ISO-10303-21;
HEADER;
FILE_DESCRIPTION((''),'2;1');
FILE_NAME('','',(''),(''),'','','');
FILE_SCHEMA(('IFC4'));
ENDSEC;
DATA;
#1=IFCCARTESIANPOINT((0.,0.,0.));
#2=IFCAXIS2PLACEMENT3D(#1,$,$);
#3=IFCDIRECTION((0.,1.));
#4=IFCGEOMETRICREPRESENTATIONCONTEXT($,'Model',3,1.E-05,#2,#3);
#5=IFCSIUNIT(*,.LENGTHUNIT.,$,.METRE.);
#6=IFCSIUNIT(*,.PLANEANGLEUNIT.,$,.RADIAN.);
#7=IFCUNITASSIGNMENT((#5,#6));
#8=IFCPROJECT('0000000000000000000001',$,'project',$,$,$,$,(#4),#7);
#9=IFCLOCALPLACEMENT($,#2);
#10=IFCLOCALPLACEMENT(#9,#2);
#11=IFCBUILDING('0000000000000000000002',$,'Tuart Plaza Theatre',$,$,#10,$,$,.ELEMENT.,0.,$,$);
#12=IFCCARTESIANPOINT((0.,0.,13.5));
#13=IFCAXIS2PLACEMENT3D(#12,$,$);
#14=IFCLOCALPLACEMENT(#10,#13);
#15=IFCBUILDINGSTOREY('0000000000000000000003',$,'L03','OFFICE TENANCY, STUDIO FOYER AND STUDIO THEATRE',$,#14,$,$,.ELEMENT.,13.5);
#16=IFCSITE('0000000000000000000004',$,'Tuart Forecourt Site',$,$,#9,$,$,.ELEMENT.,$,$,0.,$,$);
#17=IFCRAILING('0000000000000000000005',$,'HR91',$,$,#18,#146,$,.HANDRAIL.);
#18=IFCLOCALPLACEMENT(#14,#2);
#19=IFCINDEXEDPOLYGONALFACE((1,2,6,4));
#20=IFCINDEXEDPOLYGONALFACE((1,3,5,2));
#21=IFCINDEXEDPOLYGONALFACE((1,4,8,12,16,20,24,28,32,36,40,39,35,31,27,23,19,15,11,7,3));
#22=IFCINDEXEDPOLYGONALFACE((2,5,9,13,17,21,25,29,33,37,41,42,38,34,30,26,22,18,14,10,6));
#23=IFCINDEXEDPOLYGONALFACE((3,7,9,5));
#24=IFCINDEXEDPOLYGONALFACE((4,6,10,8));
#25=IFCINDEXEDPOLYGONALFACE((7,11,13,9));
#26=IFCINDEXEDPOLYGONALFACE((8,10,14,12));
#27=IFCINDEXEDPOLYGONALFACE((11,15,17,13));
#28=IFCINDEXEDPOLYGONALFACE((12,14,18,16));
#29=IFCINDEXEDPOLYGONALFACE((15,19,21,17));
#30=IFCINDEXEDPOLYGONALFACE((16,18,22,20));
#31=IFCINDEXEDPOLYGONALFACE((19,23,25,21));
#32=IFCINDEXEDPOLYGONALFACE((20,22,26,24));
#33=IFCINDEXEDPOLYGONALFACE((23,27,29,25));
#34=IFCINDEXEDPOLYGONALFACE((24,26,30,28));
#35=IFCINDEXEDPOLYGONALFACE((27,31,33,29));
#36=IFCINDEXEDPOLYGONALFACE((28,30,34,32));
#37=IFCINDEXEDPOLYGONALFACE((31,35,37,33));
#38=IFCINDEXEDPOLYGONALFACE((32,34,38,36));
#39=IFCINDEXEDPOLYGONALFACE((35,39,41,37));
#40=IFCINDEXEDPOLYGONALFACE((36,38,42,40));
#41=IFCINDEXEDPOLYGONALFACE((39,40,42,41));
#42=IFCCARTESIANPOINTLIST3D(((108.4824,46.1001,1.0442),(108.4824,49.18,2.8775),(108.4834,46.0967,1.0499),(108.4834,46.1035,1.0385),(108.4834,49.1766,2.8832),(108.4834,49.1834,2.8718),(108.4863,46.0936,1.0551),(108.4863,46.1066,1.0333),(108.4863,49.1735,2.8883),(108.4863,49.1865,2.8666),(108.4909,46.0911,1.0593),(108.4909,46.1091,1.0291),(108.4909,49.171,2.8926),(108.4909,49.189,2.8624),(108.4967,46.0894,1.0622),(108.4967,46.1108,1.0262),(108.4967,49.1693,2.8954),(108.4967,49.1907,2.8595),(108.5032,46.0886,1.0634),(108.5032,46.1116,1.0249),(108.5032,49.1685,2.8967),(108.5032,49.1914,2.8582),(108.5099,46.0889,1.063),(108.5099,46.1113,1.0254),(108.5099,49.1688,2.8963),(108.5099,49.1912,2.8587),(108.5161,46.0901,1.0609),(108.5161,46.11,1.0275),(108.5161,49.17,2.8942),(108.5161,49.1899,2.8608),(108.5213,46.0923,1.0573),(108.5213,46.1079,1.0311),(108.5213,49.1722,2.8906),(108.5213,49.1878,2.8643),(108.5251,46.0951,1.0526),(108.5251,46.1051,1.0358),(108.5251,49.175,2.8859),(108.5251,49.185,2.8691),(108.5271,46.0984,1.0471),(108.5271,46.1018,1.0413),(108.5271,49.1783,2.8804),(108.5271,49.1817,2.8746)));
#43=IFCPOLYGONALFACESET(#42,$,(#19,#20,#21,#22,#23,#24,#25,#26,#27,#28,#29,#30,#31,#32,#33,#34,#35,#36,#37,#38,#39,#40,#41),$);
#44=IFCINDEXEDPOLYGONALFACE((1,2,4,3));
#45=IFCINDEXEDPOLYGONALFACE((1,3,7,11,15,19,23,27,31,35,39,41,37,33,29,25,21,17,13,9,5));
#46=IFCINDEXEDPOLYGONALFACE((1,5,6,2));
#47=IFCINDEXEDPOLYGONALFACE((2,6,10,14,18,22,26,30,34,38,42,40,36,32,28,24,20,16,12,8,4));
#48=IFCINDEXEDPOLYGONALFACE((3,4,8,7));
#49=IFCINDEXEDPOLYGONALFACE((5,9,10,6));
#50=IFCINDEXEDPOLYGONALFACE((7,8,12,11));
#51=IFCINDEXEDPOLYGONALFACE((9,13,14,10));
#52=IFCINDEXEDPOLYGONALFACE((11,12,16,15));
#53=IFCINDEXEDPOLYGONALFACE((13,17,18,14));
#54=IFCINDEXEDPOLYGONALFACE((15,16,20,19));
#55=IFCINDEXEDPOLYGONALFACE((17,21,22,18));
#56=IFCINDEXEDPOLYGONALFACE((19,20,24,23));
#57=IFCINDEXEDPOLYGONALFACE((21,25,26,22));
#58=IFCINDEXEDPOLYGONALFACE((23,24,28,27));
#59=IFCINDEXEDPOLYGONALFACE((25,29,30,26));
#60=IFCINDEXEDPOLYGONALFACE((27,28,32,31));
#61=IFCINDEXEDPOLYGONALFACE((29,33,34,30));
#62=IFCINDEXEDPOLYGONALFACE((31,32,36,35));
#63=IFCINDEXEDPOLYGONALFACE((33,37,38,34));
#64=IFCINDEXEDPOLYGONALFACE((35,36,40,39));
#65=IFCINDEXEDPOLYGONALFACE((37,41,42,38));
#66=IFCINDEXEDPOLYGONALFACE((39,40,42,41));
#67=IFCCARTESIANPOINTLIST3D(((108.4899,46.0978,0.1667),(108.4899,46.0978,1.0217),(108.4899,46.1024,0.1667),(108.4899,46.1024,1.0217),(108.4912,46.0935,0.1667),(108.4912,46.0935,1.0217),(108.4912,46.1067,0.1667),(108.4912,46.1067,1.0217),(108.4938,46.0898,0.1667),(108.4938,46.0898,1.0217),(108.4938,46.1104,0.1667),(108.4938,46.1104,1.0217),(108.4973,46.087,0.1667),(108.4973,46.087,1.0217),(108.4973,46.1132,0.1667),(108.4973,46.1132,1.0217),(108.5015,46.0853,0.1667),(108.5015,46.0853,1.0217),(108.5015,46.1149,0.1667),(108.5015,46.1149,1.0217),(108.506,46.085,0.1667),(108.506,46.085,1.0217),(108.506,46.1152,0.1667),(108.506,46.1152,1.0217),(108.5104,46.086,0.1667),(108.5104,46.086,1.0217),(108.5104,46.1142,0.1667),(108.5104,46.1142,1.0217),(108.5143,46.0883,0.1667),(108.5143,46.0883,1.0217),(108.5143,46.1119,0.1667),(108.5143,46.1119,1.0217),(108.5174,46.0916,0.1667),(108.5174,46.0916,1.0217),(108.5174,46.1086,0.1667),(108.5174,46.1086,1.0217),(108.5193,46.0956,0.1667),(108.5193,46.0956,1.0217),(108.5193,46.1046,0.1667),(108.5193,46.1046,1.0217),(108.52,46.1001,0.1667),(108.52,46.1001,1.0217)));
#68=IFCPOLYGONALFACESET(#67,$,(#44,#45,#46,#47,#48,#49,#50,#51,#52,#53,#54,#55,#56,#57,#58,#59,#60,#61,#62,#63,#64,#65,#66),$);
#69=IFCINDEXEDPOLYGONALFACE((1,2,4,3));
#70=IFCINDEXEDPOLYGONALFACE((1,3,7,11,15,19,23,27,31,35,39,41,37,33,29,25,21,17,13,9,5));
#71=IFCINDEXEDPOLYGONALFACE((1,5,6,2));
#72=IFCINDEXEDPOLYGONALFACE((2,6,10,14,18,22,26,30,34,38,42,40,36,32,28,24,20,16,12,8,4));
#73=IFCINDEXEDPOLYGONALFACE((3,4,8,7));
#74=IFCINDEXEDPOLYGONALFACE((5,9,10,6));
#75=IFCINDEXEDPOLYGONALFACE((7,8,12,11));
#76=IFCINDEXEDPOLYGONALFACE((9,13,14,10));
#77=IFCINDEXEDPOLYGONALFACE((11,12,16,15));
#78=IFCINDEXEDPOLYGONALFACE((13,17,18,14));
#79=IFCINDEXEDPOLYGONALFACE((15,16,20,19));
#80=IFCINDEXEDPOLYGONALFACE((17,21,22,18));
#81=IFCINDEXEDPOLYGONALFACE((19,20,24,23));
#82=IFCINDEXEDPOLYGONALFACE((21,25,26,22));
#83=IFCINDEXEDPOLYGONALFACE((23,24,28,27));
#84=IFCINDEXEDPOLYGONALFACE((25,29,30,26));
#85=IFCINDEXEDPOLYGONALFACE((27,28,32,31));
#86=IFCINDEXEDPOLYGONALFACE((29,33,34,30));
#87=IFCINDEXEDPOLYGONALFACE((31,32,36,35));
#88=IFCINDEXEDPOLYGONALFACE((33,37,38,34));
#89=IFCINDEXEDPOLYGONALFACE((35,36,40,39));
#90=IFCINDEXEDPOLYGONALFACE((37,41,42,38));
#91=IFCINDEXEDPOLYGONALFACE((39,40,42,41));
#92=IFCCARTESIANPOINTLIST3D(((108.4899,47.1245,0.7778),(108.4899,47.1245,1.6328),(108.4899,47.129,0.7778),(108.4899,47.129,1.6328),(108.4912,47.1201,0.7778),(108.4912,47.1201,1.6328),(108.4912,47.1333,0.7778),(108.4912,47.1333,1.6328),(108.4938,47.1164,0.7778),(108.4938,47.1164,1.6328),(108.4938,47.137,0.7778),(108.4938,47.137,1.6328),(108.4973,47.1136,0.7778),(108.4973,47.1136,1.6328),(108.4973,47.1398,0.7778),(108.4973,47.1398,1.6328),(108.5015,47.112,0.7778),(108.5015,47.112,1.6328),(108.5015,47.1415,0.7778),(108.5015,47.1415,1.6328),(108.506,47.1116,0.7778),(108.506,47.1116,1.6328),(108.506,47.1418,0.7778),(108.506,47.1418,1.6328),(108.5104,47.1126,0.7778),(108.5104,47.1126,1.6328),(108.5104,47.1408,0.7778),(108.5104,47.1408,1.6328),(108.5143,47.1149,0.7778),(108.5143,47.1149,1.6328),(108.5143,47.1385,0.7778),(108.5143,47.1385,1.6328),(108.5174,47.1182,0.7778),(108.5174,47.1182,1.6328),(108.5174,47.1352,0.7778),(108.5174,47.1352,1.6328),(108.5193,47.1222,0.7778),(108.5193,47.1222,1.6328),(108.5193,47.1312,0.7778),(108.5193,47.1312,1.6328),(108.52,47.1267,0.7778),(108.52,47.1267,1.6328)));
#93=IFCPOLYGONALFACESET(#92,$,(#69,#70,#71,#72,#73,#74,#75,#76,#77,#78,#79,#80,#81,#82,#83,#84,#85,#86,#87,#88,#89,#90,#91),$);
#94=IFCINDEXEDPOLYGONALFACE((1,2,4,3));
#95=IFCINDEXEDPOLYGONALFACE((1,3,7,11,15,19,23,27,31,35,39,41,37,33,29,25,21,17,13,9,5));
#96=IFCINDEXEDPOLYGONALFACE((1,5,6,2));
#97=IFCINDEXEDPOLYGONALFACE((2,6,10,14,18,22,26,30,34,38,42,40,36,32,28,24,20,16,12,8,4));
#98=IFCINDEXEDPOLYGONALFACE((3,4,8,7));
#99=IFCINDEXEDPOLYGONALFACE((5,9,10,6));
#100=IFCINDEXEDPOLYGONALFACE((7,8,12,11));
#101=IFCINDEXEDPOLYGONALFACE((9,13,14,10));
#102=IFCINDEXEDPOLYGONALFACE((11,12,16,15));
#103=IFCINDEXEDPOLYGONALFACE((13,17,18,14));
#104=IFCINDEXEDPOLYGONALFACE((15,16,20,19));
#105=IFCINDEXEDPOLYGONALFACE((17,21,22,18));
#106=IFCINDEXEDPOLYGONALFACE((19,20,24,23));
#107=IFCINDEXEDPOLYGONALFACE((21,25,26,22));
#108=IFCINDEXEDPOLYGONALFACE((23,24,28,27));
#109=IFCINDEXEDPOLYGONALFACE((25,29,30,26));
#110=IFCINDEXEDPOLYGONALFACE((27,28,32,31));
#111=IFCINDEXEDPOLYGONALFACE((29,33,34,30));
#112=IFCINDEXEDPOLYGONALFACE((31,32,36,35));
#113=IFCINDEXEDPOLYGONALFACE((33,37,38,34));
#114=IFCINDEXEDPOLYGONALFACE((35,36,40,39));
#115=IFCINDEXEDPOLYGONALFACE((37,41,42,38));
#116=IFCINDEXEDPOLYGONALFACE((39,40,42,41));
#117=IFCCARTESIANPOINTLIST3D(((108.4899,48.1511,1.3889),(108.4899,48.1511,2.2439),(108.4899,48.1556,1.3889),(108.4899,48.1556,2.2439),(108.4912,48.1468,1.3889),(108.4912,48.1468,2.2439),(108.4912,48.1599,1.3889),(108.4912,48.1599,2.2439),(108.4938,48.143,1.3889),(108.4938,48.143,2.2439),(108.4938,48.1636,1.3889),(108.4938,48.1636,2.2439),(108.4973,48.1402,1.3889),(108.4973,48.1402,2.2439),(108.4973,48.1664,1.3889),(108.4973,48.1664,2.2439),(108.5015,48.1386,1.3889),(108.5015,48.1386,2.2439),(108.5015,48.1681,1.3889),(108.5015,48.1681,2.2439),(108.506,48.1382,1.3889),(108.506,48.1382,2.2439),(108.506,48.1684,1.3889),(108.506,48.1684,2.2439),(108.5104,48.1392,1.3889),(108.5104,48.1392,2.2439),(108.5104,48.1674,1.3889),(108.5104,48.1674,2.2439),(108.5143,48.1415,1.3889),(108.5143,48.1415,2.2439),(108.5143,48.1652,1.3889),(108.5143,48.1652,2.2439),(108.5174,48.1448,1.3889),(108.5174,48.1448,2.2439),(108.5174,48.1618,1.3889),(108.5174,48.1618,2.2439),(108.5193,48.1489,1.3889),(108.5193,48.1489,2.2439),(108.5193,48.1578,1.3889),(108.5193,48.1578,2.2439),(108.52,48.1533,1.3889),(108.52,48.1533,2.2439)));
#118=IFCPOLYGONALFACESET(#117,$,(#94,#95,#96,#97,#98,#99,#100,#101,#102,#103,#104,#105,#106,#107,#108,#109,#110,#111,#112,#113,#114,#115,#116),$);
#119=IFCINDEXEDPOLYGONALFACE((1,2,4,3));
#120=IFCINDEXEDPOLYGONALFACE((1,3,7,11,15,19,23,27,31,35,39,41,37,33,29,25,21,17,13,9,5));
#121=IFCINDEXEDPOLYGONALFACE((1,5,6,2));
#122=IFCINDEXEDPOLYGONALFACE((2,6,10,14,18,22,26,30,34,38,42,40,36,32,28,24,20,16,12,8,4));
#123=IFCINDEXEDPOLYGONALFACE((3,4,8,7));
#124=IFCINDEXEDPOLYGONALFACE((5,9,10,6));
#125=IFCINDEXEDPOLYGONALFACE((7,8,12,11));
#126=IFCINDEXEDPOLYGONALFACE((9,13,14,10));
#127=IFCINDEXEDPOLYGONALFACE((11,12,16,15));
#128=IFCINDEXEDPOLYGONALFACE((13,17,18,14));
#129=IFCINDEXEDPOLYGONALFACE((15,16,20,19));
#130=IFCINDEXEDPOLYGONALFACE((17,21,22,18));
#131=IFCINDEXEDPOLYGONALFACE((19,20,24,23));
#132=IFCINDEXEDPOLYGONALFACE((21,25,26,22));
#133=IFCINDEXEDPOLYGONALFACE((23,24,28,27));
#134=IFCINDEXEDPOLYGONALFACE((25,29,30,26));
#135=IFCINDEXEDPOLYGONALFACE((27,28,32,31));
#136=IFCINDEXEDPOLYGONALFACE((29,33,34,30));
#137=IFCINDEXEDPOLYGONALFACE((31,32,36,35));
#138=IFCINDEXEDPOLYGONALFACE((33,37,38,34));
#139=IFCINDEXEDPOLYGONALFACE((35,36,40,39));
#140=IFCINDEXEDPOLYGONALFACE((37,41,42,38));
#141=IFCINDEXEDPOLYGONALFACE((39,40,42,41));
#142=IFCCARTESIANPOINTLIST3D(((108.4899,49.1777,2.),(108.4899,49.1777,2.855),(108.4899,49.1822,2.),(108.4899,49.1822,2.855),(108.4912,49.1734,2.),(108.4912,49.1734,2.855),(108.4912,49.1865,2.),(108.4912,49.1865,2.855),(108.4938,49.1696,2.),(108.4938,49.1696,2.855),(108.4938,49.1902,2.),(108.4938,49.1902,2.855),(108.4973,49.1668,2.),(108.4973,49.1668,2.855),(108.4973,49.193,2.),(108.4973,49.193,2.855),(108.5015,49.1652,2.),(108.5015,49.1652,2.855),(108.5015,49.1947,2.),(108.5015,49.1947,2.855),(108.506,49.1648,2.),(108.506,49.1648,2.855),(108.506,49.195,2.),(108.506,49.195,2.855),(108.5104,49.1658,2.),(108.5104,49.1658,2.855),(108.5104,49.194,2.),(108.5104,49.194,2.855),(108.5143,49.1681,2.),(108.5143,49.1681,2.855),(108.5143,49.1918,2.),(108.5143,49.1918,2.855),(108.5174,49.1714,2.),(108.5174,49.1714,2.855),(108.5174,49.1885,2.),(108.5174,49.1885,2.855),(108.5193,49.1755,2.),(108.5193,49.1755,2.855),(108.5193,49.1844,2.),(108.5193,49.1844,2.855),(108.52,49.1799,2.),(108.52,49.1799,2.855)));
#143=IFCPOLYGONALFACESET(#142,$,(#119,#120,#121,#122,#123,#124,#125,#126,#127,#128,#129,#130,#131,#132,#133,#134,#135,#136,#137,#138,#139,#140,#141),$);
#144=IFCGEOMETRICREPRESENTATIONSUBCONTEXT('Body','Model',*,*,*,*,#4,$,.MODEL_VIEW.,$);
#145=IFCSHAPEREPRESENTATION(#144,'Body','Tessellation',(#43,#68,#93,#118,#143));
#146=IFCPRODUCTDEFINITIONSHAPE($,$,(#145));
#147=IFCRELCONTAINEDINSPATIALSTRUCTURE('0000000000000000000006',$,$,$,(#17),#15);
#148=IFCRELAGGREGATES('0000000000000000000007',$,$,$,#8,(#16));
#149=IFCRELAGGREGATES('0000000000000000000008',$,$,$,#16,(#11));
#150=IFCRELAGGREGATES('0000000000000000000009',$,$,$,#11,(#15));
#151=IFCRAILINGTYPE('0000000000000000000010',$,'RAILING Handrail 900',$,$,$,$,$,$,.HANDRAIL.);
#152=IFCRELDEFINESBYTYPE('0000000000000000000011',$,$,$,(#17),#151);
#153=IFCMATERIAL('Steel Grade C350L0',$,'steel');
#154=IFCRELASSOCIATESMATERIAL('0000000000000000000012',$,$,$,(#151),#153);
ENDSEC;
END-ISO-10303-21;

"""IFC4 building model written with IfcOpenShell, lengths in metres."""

from ifc_helpers import new_model, si_unit, direction, frame, origin, origin_2d, place, context, subcontext, project, spatial, circle, extrude, material, type_object, element, save


model = new_model("IFC4")

# Units and contexts
model_context = context("Model", 3, precision=1e-05, world=origin(), true_north=direction((0.0, 1.0)))
body_context = subcontext(model_context, "Body", "Model", "MODEL_VIEW")
ifc_project = project(units=[si_unit("LENGTHUNIT", "METRE"), si_unit("PLANEANGLEUNIT", "RADIAN")], contexts=[model_context])

# Site, building, storey
site_placement = place(None, origin())
site = spatial("IfcSite", under=ifc_project, at=site_placement, Name="Tuart Forecourt Site", CompositionType="ELEMENT", RefElevation=0.0)
building_placement = place(site_placement, origin())
building = spatial("IfcBuilding", under=site, at=building_placement, Name="Tuart Plaza Theatre", CompositionType="ELEMENT", ElevationOfRefHeight=0.0)
storey_placement = place(building_placement, frame((0.0, 0.0, 13.5)))
storey = spatial("IfcBuildingStorey", under=building, at=storey_placement, Name="L03", Description="OFFICE TENANCY, STUDIO FOYER AND STUDIO THEATRE", CompositionType="ELEMENT", Elevation=13.5)

# Railing
ifc_material_1 = material(Name="Steel Grade C350L0", Category="steel")
railing_type = type_object("IfcRailingType", Name="RAILING Handrail 900", PredefinedType="HANDRAIL", material=ifc_material_1)
railing_placement = place(storey_placement, frame((108.5049, 46.1001, 0.1667)))
element("IfcRailing", 1, at=railing_placement, inside=storey, type_object=railing_type, Name="HR91", PredefinedType="HANDRAIL", context=body_context, shape_type="SweptSolid", body=[
    extrude(circle(Radius=0.0225, at=origin_2d()), frame((0.0, 0.0, 0.8774), z_axis=(0.0, 0.859291, 0.511487), x_axis=(-1.0, 0.0, 0.0)), (0.0, 0.0, 1.0), 3.5842),
    extrude(circle(Radius=0.0151, at=origin_2d()), origin(), (0.0, 0.0, 1.0), 0.855),
    extrude(circle(Radius=0.0151, at=origin_2d()), frame((0.0, 1.0266, 0.6111)), (0.0, 0.0, 1.0), 0.855),
    extrude(circle(Radius=0.0151, at=origin_2d()), frame((0.0, 2.0532, 1.2222)), (0.0, 0.0, 1.0), 0.855),
    extrude(circle(Radius=0.0151, at=origin_2d()), frame((0.0, 3.0798, 1.8333)), (0.0, 0.0, 1.0), 0.855),
])

save(model, "model.ifc")
